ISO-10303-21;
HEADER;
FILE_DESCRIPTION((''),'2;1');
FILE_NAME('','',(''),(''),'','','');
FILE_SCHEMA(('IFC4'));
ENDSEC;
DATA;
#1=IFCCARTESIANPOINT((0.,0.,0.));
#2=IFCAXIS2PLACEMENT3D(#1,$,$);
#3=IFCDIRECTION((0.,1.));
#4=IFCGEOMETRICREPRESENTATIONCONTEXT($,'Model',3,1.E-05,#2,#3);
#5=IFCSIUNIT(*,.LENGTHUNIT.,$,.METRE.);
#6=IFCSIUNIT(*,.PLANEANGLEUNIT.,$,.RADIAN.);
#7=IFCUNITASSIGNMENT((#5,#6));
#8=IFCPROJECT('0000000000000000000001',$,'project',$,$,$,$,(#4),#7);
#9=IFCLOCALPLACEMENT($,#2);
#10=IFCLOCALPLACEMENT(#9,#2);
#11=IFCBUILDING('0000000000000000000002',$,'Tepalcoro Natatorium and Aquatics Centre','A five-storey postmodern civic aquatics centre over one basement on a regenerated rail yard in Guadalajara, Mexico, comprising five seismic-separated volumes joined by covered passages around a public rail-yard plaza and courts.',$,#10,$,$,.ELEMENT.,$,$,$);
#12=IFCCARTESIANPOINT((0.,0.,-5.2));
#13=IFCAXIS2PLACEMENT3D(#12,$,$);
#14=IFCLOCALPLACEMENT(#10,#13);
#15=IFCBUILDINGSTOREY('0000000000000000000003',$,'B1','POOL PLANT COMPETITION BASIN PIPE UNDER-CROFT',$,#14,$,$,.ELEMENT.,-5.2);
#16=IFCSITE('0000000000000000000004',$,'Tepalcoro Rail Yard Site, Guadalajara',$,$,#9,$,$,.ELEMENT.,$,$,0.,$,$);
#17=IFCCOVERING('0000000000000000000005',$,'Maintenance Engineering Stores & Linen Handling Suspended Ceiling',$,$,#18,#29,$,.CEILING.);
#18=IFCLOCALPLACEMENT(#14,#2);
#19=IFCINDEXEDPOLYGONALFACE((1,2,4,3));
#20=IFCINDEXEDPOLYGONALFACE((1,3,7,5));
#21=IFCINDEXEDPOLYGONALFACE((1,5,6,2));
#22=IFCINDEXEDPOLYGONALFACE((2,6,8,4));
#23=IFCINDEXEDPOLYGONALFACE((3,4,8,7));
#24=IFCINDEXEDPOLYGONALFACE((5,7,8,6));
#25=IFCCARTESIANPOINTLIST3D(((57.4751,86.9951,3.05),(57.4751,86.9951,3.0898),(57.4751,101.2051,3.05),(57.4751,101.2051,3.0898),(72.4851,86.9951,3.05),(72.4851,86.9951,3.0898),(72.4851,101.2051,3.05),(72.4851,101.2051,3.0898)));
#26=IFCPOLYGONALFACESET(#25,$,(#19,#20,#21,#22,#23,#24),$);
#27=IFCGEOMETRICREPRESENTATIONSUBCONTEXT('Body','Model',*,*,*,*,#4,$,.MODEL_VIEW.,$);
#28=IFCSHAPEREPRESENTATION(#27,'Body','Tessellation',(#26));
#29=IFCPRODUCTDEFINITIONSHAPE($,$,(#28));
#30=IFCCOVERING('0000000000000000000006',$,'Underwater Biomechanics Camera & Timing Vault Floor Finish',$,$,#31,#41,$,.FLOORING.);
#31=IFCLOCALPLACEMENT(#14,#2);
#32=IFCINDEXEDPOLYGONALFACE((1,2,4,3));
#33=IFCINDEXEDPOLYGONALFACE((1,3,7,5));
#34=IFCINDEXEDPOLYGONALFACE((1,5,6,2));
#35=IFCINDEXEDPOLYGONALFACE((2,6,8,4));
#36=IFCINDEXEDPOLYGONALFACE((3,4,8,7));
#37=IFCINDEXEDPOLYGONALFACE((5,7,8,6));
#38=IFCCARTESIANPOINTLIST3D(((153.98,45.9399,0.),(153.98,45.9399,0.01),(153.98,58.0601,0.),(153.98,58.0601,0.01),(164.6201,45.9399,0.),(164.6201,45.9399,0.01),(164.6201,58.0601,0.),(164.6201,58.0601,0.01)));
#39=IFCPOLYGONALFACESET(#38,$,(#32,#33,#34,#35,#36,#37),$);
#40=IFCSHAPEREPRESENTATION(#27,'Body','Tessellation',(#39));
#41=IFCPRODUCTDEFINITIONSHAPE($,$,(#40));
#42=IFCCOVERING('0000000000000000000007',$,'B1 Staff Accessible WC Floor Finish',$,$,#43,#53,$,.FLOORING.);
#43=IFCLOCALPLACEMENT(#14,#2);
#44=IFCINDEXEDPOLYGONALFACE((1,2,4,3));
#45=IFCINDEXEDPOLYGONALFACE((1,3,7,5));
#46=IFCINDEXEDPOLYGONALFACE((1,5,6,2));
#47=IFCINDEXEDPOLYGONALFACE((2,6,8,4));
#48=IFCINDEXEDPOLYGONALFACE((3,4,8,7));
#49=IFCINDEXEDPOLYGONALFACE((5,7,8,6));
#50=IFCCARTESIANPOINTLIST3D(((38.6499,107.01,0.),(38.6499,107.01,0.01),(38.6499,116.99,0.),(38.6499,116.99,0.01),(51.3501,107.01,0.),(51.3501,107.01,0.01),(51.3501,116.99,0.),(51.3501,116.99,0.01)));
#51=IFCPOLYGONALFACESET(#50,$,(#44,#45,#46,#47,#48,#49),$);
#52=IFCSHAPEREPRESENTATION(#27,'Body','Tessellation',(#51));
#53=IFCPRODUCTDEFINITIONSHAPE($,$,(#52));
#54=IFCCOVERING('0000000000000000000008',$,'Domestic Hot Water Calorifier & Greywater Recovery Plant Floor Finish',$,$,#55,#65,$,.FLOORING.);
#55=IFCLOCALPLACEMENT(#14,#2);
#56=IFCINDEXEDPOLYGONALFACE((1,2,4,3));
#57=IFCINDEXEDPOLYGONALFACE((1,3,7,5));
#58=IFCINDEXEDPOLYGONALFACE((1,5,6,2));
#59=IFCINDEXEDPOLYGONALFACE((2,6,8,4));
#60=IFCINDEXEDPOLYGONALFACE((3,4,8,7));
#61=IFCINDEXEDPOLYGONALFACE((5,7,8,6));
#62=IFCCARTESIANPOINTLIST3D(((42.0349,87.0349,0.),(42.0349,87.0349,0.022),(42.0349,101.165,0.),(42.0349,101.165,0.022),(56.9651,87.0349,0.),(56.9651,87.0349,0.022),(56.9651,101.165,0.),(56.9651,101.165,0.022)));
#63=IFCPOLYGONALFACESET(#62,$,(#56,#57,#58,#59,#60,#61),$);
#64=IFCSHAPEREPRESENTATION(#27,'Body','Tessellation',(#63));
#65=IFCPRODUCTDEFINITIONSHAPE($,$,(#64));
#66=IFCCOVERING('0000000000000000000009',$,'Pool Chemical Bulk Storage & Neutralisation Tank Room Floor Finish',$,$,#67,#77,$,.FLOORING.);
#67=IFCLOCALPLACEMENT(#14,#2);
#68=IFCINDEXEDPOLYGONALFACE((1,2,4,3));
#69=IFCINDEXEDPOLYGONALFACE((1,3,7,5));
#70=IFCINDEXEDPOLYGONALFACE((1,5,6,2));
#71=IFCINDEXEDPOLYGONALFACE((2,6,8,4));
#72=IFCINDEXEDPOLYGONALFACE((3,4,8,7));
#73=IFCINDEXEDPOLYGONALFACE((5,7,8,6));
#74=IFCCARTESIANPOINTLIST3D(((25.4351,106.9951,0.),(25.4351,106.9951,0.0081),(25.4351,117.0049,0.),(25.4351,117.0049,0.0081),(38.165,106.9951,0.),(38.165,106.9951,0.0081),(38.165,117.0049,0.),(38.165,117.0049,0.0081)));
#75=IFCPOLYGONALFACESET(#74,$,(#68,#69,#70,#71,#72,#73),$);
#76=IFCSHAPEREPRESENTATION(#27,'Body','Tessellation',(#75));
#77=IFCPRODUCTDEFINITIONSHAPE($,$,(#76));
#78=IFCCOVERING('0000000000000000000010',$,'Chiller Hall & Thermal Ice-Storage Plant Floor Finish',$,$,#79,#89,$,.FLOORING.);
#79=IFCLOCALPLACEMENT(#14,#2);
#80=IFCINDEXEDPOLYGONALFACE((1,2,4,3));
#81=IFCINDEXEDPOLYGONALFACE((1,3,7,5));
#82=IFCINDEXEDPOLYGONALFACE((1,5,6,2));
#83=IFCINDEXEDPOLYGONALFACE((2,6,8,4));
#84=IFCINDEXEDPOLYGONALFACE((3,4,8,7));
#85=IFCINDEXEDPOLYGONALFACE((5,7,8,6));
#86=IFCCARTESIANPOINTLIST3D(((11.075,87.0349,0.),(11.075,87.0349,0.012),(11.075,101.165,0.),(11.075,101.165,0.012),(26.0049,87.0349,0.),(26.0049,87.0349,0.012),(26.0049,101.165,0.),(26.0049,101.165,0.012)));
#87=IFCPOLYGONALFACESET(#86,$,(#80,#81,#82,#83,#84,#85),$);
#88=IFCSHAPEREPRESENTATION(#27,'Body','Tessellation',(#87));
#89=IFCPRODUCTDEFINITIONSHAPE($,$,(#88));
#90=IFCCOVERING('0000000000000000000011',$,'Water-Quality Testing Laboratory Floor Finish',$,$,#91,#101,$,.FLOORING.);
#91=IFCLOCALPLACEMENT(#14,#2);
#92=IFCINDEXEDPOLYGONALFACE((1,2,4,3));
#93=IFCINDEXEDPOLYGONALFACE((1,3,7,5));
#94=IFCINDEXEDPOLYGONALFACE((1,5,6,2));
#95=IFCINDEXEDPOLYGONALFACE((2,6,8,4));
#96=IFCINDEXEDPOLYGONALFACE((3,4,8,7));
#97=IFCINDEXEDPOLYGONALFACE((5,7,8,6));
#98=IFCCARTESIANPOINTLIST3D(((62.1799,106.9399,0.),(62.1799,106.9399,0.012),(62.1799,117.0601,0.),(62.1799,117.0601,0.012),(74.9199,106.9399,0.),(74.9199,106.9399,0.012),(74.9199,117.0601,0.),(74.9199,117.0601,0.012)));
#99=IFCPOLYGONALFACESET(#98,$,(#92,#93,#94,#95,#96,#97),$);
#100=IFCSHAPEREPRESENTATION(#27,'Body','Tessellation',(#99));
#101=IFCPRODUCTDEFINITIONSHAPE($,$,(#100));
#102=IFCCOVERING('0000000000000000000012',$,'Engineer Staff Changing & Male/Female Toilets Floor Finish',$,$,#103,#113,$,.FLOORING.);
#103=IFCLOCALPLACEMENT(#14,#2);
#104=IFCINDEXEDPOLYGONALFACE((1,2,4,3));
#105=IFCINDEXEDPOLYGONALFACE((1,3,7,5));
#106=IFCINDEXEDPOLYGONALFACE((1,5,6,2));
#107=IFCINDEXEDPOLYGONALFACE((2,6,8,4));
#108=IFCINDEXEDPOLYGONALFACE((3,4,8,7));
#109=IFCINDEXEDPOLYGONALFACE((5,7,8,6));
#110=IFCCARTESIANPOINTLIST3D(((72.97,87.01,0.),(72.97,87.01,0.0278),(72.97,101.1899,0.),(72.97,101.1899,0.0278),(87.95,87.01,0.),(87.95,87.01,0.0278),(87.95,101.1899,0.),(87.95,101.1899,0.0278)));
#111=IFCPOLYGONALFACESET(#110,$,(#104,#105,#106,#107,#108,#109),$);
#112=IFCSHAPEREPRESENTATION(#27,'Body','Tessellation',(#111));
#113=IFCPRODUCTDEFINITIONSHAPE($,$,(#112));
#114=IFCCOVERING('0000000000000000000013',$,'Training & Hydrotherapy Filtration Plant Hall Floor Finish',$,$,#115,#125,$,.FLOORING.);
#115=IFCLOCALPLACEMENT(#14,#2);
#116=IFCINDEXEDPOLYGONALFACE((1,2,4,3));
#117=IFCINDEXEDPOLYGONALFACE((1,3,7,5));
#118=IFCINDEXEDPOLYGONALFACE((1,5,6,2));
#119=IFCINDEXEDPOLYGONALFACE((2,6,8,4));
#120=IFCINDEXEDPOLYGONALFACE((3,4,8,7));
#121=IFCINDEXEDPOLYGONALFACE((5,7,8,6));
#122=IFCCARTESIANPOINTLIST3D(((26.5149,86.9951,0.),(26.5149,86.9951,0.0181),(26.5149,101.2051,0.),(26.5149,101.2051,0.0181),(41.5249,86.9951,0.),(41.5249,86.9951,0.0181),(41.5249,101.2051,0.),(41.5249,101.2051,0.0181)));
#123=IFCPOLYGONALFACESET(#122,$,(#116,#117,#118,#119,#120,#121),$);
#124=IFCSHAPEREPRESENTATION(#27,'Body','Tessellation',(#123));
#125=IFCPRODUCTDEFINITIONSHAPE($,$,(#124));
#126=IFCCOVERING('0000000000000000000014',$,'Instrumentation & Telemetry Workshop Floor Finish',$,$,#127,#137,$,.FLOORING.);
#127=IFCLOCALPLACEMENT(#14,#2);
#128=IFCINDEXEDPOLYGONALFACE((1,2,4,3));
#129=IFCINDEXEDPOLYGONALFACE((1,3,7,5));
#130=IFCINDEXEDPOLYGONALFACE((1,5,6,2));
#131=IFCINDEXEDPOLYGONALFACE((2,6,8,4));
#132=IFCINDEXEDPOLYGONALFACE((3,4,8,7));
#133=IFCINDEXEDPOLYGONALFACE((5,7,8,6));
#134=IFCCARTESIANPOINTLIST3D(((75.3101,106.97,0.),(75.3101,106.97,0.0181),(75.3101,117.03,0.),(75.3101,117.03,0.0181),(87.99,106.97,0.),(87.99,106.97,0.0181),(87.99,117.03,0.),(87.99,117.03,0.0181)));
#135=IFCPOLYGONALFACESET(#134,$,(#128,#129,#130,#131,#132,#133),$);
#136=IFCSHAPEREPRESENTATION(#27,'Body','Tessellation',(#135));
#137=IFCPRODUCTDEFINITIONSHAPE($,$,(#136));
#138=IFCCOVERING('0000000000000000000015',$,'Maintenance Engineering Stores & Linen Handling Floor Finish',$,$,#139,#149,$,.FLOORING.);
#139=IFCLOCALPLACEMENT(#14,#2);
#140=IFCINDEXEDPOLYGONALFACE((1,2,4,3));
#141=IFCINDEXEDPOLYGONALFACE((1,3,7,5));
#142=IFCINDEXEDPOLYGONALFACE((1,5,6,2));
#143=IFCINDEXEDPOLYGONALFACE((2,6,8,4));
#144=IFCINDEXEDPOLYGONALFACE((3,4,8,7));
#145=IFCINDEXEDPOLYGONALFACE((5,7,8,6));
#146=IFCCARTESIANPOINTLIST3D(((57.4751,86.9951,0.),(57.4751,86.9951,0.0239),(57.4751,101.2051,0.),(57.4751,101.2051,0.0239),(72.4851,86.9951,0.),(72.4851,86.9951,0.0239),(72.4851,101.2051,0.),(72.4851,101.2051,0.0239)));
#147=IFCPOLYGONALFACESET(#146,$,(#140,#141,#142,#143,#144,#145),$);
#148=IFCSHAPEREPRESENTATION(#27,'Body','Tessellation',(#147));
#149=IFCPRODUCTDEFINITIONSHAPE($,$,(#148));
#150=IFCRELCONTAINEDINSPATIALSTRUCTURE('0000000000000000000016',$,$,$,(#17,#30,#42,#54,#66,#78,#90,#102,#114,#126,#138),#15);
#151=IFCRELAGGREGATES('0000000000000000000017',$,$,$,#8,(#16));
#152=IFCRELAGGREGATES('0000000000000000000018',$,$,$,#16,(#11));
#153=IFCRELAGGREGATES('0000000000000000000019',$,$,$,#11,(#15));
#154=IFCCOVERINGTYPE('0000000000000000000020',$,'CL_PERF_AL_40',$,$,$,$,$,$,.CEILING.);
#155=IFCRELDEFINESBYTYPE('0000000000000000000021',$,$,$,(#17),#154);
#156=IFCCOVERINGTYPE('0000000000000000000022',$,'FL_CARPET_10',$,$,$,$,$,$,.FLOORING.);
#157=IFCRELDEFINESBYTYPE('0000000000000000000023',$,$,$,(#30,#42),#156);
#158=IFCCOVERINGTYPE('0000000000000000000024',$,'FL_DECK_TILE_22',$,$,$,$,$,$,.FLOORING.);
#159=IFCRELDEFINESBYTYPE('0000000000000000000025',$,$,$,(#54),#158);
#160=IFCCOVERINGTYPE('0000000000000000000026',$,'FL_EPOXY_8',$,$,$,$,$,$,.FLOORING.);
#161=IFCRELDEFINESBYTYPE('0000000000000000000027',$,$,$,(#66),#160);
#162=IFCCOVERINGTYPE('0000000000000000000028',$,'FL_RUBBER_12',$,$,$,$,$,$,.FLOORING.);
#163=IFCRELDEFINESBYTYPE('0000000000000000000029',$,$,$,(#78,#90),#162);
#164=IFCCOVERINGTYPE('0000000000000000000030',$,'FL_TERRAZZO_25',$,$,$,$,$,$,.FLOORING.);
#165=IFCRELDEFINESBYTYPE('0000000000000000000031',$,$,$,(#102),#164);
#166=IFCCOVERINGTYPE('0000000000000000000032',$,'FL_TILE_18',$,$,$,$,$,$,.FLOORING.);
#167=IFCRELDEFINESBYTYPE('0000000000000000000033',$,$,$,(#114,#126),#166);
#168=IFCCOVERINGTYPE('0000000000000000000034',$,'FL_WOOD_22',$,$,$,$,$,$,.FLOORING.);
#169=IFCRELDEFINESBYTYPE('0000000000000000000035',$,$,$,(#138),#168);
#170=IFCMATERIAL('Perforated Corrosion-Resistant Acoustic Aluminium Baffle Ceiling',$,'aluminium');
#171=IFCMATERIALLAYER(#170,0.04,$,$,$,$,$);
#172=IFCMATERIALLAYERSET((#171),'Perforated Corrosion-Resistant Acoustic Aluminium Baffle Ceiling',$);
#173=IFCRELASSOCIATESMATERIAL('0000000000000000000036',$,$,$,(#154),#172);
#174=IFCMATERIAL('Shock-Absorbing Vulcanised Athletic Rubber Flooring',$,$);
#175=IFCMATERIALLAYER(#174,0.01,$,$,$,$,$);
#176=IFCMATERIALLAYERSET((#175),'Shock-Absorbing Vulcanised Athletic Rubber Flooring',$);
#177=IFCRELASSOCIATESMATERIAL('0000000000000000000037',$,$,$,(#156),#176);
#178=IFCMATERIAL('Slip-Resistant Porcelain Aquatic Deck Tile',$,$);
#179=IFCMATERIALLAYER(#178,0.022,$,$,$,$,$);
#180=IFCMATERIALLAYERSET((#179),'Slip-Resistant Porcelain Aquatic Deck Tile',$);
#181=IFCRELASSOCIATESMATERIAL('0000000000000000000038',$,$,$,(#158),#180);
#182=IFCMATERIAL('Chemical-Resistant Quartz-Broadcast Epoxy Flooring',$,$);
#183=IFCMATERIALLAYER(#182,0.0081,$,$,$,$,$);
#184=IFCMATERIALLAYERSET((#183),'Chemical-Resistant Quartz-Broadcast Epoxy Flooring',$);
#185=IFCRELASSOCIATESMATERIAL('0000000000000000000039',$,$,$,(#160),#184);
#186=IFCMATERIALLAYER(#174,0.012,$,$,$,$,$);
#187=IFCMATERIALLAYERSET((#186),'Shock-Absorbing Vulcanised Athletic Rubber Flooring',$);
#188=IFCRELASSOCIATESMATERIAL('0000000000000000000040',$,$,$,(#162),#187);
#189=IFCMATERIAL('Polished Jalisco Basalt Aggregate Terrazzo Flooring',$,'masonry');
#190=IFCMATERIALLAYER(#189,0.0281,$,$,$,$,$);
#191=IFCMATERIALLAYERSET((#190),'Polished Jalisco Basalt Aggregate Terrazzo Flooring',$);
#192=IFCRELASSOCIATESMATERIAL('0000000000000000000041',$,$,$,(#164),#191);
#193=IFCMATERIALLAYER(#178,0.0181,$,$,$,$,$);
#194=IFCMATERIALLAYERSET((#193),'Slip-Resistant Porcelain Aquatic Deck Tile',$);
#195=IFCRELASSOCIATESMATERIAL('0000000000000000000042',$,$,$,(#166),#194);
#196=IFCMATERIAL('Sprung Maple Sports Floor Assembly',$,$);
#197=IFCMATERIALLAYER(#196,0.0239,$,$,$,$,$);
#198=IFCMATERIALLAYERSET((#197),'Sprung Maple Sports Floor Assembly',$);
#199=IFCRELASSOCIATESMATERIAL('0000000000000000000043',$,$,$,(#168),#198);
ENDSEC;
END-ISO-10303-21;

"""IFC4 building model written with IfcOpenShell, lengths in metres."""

from ifc_helpers import new_model, si_unit, direction, frame, origin, place, context, subcontext, project, spatial, polyline, outline, extrude, material, layer, layer_set, type_object, element, save


model = new_model("IFC4")

# Units and contexts
model_context = context("Model", 3, precision=1e-05, world=origin(), true_north=direction((0.0, 1.0)))
body_context = subcontext(model_context, "Body", "Model", "MODEL_VIEW")
ifc_project = project(units=[si_unit("LENGTHUNIT", "METRE"), si_unit("PLANEANGLEUNIT", "RADIAN")], contexts=[model_context])

# Site, building, storey
site_placement = place(None, origin())
site = spatial("IfcSite", under=ifc_project, at=site_placement, Name="Tepalcoro Rail Yard Site, Guadalajara", CompositionType="ELEMENT", RefElevation=0.0)
building_placement = place(site_placement, origin())
building = spatial("IfcBuilding", under=site, at=building_placement, Name="Tepalcoro Natatorium and Aquatics Centre", Description="A five-storey postmodern civic aquatics centre over one basement on a regenerated rail yard in Guadalajara, Mexico, comprising five seismic-separated volumes joined by covered passages around a public rail-yard plaza and courts.", CompositionType="ELEMENT")
storey_placement = place(building_placement, frame((0.0, 0.0, -5.2)))
storey = spatial("IfcBuildingStorey", under=building, at=storey_placement, Name="B1", Description="POOL PLANT COMPETITION BASIN PIPE UNDER-CROFT", CompositionType="ELEMENT", Elevation=-5.2)

# Coverings
ifc_material_1 = material(Name="Perforated Corrosion-Resistant Acoustic Aluminium Baffle Ceiling", Category="aluminium")
ifc_layer_1 = layer(ifc_material_1, 0.04)
ifc_layer_set_1 = layer_set([ifc_layer_1], Name="Perforated Corrosion-Resistant Acoustic Aluminium Baffle Ceiling")
covering_type_1 = type_object("IfcCoveringType", Name="CL_PERF_AL_40", PredefinedType="CEILING", material=ifc_layer_set_1)
covering_1_placement = place(storey_placement, frame((0.0, 0.0, 3.05)))
element("IfcCovering", 1, at=covering_1_placement, inside=storey, type_object=covering_type_1, Name="Maintenance Engineering Stores & Linen Handling Suspended Ceiling", PredefinedType="CEILING", context=body_context, shape_type="SweptSolid", body=[
    extrude(outline(polyline([(57.4751, 86.9951), (57.4751, 101.2051), (72.4851, 101.2051), (72.4851, 86.9951), (57.4751, 86.9951)])), origin(), (0.0, 0.0, 1.0), 0.0398),
])
ifc_material_2 = material(Name="Shock-Absorbing Vulcanised Athletic Rubber Flooring")
ifc_layer_2 = layer(ifc_material_2, 0.01)
ifc_layer_set_2 = layer_set([ifc_layer_2], Name="Shock-Absorbing Vulcanised Athletic Rubber Flooring")
covering_type_2 = type_object("IfcCoveringType", Name="FL_CARPET_10", PredefinedType="FLOORING", material=ifc_layer_set_2)
covering_2_placement = place(storey_placement, origin())
element("IfcCovering", 2, at=covering_2_placement, inside=storey, type_object=covering_type_2, Name="Underwater Biomechanics Camera & Timing Vault Floor Finish", PredefinedType="FLOORING", context=body_context, shape_type="SweptSolid", body=[
    extrude(outline(polyline([(153.98, 45.9399), (153.98, 58.0601), (164.6201, 58.0601), (164.6201, 45.9399), (153.98, 45.9399)])), origin(), (0.0, 0.0, 1.0), 0.01),
])
covering_3_placement = place(storey_placement, origin())
element("IfcCovering", 3, at=covering_3_placement, inside=storey, type_object=covering_type_2, Name="B1 Staff Accessible WC Floor Finish", PredefinedType="FLOORING", context=body_context, shape_type="SweptSolid", body=[
    extrude(outline(polyline([(38.6499, 107.01), (38.6499, 116.99), (51.3501, 116.99), (51.3501, 107.01), (38.6499, 107.01)])), origin(), (0.0, 0.0, 1.0), 0.01),
])
ifc_material_3 = material(Name="Slip-Resistant Porcelain Aquatic Deck Tile")
ifc_layer_3 = layer(ifc_material_3, 0.022)
ifc_layer_set_3 = layer_set([ifc_layer_3], Name="Slip-Resistant Porcelain Aquatic Deck Tile")
covering_type_3 = type_object("IfcCoveringType", Name="FL_DECK_TILE_22", PredefinedType="FLOORING", material=ifc_layer_set_3)
covering_4_placement = place(storey_placement, origin())
element("IfcCovering", 4, at=covering_4_placement, inside=storey, type_object=covering_type_3, Name="Domestic Hot Water Calorifier & Greywater Recovery Plant Floor Finish", PredefinedType="FLOORING", context=body_context, shape_type="SweptSolid", body=[
    extrude(outline(polyline([(42.0349, 87.0349), (42.0349, 101.165), (56.9651, 101.165), (56.9651, 87.0349), (42.0349, 87.0349)])), origin(), (0.0, 0.0, 1.0), 0.022),
])
ifc_material_4 = material(Name="Chemical-Resistant Quartz-Broadcast Epoxy Flooring")
ifc_layer_4 = layer(ifc_material_4, 0.0081)
ifc_layer_set_4 = layer_set([ifc_layer_4], Name="Chemical-Resistant Quartz-Broadcast Epoxy Flooring")
covering_type_4 = type_object("IfcCoveringType", Name="FL_EPOXY_8", PredefinedType="FLOORING", material=ifc_layer_set_4)
covering_5_placement = place(storey_placement, origin())
element("IfcCovering", 5, at=covering_5_placement, inside=storey, type_object=covering_type_4, Name="Pool Chemical Bulk Storage & Neutralisation Tank Room Floor Finish", PredefinedType="FLOORING", context=body_context, shape_type="SweptSolid", body=[
    extrude(outline(polyline([(25.4351, 106.9951), (25.4351, 117.0049), (38.165, 117.0049), (38.165, 106.9951), (25.4351, 106.9951)])), origin(), (0.0, 0.0, 1.0), 0.0081),
])
ifc_layer_5 = layer(ifc_material_2, 0.012)
ifc_layer_set_5 = layer_set([ifc_layer_5], Name="Shock-Absorbing Vulcanised Athletic Rubber Flooring")
covering_type_5 = type_object("IfcCoveringType", Name="FL_RUBBER_12", PredefinedType="FLOORING", material=ifc_layer_set_5)
covering_6_placement = place(storey_placement, origin())
element("IfcCovering", 6, at=covering_6_placement, inside=storey, type_object=covering_type_5, Name="Chiller Hall & Thermal Ice-Storage Plant Floor Finish", PredefinedType="FLOORING", context=body_context, shape_type="SweptSolid", body=[
    extrude(outline(polyline([(11.075, 87.0349), (11.075, 101.165), (26.0049, 101.165), (26.0049, 87.0349), (11.075, 87.0349)])), origin(), (0.0, 0.0, 1.0), 0.012),
])
covering_7_placement = place(storey_placement, origin())
element("IfcCovering", 7, at=covering_7_placement, inside=storey, type_object=covering_type_5, Name="Water-Quality Testing Laboratory Floor Finish", PredefinedType="FLOORING", context=body_context, shape_type="SweptSolid", body=[
    extrude(outline(polyline([(62.1799, 106.9399), (62.1799, 117.0601), (74.9199, 117.0601), (74.9199, 106.9399), (62.1799, 106.9399)])), origin(), (0.0, 0.0, 1.0), 0.012),
])
ifc_material_5 = material(Name="Polished Jalisco Basalt Aggregate Terrazzo Flooring", Category="masonry")
ifc_layer_6 = layer(ifc_material_5, 0.0281)
ifc_layer_set_6 = layer_set([ifc_layer_6], Name="Polished Jalisco Basalt Aggregate Terrazzo Flooring")
covering_type_6 = type_object("IfcCoveringType", Name="FL_TERRAZZO_25", PredefinedType="FLOORING", material=ifc_layer_set_6)
covering_8_placement = place(storey_placement, origin())
element("IfcCovering", 8, at=covering_8_placement, inside=storey, type_object=covering_type_6, Name="Engineer Staff Changing & Male/Female Toilets Floor Finish", PredefinedType="FLOORING", context=body_context, shape_type="SweptSolid", body=[
    extrude(outline(polyline([(72.97, 87.01), (72.97, 101.1899), (87.95, 101.1899), (87.95, 87.01), (72.97, 87.01)])), origin(), (0.0, 0.0, 1.0), 0.0278),
])
ifc_layer_7 = layer(ifc_material_3, 0.0181)
ifc_layer_set_7 = layer_set([ifc_layer_7], Name="Slip-Resistant Porcelain Aquatic Deck Tile")
covering_type_7 = type_object("IfcCoveringType", Name="FL_TILE_18", PredefinedType="FLOORING", material=ifc_layer_set_7)
covering_9_placement = place(storey_placement, origin())
element("IfcCovering", 9, at=covering_9_placement, inside=storey, type_object=covering_type_7, Name="Training & Hydrotherapy Filtration Plant Hall Floor Finish", PredefinedType="FLOORING", context=body_context, shape_type="SweptSolid", body=[
    extrude(outline(polyline([(26.5149, 86.9951), (26.5149, 101.2051), (41.5249, 101.2051), (41.5249, 86.9951), (26.5149, 86.9951)])), origin(), (0.0, 0.0, 1.0), 0.0181),
])
covering_10_placement = place(storey_placement, origin())
element("IfcCovering", 10, at=covering_10_placement, inside=storey, type_object=covering_type_7, Name="Instrumentation & Telemetry Workshop Floor Finish", PredefinedType="FLOORING", context=body_context, shape_type="SweptSolid", body=[
    extrude(outline(polyline([(75.3101, 106.97), (75.3101, 117.03), (87.99, 117.03), (87.99, 106.97), (75.3101, 106.97)])), origin(), (0.0, 0.0, 1.0), 0.0181),
])
ifc_material_6 = material(Name="Sprung Maple Sports Floor Assembly")
ifc_layer_8 = layer(ifc_material_6, 0.0239)
ifc_layer_set_8 = layer_set([ifc_layer_8], Name="Sprung Maple Sports Floor Assembly")
covering_type_8 = type_object("IfcCoveringType", Name="FL_WOOD_22", PredefinedType="FLOORING", material=ifc_layer_set_8)
covering_11_placement = place(storey_placement, origin())
element("IfcCovering", 11, at=covering_11_placement, inside=storey, type_object=covering_type_8, Name="Maintenance Engineering Stores & Linen Handling Floor Finish", PredefinedType="FLOORING", context=body_context, shape_type="SweptSolid", body=[
    extrude(outline(polyline([(57.4751, 86.9951), (57.4751, 101.2051), (72.4851, 101.2051), (72.4851, 86.9951), (57.4751, 86.9951)])), origin(), (0.0, 0.0, 1.0), 0.0239),
])

save(model, "model.ifc")
